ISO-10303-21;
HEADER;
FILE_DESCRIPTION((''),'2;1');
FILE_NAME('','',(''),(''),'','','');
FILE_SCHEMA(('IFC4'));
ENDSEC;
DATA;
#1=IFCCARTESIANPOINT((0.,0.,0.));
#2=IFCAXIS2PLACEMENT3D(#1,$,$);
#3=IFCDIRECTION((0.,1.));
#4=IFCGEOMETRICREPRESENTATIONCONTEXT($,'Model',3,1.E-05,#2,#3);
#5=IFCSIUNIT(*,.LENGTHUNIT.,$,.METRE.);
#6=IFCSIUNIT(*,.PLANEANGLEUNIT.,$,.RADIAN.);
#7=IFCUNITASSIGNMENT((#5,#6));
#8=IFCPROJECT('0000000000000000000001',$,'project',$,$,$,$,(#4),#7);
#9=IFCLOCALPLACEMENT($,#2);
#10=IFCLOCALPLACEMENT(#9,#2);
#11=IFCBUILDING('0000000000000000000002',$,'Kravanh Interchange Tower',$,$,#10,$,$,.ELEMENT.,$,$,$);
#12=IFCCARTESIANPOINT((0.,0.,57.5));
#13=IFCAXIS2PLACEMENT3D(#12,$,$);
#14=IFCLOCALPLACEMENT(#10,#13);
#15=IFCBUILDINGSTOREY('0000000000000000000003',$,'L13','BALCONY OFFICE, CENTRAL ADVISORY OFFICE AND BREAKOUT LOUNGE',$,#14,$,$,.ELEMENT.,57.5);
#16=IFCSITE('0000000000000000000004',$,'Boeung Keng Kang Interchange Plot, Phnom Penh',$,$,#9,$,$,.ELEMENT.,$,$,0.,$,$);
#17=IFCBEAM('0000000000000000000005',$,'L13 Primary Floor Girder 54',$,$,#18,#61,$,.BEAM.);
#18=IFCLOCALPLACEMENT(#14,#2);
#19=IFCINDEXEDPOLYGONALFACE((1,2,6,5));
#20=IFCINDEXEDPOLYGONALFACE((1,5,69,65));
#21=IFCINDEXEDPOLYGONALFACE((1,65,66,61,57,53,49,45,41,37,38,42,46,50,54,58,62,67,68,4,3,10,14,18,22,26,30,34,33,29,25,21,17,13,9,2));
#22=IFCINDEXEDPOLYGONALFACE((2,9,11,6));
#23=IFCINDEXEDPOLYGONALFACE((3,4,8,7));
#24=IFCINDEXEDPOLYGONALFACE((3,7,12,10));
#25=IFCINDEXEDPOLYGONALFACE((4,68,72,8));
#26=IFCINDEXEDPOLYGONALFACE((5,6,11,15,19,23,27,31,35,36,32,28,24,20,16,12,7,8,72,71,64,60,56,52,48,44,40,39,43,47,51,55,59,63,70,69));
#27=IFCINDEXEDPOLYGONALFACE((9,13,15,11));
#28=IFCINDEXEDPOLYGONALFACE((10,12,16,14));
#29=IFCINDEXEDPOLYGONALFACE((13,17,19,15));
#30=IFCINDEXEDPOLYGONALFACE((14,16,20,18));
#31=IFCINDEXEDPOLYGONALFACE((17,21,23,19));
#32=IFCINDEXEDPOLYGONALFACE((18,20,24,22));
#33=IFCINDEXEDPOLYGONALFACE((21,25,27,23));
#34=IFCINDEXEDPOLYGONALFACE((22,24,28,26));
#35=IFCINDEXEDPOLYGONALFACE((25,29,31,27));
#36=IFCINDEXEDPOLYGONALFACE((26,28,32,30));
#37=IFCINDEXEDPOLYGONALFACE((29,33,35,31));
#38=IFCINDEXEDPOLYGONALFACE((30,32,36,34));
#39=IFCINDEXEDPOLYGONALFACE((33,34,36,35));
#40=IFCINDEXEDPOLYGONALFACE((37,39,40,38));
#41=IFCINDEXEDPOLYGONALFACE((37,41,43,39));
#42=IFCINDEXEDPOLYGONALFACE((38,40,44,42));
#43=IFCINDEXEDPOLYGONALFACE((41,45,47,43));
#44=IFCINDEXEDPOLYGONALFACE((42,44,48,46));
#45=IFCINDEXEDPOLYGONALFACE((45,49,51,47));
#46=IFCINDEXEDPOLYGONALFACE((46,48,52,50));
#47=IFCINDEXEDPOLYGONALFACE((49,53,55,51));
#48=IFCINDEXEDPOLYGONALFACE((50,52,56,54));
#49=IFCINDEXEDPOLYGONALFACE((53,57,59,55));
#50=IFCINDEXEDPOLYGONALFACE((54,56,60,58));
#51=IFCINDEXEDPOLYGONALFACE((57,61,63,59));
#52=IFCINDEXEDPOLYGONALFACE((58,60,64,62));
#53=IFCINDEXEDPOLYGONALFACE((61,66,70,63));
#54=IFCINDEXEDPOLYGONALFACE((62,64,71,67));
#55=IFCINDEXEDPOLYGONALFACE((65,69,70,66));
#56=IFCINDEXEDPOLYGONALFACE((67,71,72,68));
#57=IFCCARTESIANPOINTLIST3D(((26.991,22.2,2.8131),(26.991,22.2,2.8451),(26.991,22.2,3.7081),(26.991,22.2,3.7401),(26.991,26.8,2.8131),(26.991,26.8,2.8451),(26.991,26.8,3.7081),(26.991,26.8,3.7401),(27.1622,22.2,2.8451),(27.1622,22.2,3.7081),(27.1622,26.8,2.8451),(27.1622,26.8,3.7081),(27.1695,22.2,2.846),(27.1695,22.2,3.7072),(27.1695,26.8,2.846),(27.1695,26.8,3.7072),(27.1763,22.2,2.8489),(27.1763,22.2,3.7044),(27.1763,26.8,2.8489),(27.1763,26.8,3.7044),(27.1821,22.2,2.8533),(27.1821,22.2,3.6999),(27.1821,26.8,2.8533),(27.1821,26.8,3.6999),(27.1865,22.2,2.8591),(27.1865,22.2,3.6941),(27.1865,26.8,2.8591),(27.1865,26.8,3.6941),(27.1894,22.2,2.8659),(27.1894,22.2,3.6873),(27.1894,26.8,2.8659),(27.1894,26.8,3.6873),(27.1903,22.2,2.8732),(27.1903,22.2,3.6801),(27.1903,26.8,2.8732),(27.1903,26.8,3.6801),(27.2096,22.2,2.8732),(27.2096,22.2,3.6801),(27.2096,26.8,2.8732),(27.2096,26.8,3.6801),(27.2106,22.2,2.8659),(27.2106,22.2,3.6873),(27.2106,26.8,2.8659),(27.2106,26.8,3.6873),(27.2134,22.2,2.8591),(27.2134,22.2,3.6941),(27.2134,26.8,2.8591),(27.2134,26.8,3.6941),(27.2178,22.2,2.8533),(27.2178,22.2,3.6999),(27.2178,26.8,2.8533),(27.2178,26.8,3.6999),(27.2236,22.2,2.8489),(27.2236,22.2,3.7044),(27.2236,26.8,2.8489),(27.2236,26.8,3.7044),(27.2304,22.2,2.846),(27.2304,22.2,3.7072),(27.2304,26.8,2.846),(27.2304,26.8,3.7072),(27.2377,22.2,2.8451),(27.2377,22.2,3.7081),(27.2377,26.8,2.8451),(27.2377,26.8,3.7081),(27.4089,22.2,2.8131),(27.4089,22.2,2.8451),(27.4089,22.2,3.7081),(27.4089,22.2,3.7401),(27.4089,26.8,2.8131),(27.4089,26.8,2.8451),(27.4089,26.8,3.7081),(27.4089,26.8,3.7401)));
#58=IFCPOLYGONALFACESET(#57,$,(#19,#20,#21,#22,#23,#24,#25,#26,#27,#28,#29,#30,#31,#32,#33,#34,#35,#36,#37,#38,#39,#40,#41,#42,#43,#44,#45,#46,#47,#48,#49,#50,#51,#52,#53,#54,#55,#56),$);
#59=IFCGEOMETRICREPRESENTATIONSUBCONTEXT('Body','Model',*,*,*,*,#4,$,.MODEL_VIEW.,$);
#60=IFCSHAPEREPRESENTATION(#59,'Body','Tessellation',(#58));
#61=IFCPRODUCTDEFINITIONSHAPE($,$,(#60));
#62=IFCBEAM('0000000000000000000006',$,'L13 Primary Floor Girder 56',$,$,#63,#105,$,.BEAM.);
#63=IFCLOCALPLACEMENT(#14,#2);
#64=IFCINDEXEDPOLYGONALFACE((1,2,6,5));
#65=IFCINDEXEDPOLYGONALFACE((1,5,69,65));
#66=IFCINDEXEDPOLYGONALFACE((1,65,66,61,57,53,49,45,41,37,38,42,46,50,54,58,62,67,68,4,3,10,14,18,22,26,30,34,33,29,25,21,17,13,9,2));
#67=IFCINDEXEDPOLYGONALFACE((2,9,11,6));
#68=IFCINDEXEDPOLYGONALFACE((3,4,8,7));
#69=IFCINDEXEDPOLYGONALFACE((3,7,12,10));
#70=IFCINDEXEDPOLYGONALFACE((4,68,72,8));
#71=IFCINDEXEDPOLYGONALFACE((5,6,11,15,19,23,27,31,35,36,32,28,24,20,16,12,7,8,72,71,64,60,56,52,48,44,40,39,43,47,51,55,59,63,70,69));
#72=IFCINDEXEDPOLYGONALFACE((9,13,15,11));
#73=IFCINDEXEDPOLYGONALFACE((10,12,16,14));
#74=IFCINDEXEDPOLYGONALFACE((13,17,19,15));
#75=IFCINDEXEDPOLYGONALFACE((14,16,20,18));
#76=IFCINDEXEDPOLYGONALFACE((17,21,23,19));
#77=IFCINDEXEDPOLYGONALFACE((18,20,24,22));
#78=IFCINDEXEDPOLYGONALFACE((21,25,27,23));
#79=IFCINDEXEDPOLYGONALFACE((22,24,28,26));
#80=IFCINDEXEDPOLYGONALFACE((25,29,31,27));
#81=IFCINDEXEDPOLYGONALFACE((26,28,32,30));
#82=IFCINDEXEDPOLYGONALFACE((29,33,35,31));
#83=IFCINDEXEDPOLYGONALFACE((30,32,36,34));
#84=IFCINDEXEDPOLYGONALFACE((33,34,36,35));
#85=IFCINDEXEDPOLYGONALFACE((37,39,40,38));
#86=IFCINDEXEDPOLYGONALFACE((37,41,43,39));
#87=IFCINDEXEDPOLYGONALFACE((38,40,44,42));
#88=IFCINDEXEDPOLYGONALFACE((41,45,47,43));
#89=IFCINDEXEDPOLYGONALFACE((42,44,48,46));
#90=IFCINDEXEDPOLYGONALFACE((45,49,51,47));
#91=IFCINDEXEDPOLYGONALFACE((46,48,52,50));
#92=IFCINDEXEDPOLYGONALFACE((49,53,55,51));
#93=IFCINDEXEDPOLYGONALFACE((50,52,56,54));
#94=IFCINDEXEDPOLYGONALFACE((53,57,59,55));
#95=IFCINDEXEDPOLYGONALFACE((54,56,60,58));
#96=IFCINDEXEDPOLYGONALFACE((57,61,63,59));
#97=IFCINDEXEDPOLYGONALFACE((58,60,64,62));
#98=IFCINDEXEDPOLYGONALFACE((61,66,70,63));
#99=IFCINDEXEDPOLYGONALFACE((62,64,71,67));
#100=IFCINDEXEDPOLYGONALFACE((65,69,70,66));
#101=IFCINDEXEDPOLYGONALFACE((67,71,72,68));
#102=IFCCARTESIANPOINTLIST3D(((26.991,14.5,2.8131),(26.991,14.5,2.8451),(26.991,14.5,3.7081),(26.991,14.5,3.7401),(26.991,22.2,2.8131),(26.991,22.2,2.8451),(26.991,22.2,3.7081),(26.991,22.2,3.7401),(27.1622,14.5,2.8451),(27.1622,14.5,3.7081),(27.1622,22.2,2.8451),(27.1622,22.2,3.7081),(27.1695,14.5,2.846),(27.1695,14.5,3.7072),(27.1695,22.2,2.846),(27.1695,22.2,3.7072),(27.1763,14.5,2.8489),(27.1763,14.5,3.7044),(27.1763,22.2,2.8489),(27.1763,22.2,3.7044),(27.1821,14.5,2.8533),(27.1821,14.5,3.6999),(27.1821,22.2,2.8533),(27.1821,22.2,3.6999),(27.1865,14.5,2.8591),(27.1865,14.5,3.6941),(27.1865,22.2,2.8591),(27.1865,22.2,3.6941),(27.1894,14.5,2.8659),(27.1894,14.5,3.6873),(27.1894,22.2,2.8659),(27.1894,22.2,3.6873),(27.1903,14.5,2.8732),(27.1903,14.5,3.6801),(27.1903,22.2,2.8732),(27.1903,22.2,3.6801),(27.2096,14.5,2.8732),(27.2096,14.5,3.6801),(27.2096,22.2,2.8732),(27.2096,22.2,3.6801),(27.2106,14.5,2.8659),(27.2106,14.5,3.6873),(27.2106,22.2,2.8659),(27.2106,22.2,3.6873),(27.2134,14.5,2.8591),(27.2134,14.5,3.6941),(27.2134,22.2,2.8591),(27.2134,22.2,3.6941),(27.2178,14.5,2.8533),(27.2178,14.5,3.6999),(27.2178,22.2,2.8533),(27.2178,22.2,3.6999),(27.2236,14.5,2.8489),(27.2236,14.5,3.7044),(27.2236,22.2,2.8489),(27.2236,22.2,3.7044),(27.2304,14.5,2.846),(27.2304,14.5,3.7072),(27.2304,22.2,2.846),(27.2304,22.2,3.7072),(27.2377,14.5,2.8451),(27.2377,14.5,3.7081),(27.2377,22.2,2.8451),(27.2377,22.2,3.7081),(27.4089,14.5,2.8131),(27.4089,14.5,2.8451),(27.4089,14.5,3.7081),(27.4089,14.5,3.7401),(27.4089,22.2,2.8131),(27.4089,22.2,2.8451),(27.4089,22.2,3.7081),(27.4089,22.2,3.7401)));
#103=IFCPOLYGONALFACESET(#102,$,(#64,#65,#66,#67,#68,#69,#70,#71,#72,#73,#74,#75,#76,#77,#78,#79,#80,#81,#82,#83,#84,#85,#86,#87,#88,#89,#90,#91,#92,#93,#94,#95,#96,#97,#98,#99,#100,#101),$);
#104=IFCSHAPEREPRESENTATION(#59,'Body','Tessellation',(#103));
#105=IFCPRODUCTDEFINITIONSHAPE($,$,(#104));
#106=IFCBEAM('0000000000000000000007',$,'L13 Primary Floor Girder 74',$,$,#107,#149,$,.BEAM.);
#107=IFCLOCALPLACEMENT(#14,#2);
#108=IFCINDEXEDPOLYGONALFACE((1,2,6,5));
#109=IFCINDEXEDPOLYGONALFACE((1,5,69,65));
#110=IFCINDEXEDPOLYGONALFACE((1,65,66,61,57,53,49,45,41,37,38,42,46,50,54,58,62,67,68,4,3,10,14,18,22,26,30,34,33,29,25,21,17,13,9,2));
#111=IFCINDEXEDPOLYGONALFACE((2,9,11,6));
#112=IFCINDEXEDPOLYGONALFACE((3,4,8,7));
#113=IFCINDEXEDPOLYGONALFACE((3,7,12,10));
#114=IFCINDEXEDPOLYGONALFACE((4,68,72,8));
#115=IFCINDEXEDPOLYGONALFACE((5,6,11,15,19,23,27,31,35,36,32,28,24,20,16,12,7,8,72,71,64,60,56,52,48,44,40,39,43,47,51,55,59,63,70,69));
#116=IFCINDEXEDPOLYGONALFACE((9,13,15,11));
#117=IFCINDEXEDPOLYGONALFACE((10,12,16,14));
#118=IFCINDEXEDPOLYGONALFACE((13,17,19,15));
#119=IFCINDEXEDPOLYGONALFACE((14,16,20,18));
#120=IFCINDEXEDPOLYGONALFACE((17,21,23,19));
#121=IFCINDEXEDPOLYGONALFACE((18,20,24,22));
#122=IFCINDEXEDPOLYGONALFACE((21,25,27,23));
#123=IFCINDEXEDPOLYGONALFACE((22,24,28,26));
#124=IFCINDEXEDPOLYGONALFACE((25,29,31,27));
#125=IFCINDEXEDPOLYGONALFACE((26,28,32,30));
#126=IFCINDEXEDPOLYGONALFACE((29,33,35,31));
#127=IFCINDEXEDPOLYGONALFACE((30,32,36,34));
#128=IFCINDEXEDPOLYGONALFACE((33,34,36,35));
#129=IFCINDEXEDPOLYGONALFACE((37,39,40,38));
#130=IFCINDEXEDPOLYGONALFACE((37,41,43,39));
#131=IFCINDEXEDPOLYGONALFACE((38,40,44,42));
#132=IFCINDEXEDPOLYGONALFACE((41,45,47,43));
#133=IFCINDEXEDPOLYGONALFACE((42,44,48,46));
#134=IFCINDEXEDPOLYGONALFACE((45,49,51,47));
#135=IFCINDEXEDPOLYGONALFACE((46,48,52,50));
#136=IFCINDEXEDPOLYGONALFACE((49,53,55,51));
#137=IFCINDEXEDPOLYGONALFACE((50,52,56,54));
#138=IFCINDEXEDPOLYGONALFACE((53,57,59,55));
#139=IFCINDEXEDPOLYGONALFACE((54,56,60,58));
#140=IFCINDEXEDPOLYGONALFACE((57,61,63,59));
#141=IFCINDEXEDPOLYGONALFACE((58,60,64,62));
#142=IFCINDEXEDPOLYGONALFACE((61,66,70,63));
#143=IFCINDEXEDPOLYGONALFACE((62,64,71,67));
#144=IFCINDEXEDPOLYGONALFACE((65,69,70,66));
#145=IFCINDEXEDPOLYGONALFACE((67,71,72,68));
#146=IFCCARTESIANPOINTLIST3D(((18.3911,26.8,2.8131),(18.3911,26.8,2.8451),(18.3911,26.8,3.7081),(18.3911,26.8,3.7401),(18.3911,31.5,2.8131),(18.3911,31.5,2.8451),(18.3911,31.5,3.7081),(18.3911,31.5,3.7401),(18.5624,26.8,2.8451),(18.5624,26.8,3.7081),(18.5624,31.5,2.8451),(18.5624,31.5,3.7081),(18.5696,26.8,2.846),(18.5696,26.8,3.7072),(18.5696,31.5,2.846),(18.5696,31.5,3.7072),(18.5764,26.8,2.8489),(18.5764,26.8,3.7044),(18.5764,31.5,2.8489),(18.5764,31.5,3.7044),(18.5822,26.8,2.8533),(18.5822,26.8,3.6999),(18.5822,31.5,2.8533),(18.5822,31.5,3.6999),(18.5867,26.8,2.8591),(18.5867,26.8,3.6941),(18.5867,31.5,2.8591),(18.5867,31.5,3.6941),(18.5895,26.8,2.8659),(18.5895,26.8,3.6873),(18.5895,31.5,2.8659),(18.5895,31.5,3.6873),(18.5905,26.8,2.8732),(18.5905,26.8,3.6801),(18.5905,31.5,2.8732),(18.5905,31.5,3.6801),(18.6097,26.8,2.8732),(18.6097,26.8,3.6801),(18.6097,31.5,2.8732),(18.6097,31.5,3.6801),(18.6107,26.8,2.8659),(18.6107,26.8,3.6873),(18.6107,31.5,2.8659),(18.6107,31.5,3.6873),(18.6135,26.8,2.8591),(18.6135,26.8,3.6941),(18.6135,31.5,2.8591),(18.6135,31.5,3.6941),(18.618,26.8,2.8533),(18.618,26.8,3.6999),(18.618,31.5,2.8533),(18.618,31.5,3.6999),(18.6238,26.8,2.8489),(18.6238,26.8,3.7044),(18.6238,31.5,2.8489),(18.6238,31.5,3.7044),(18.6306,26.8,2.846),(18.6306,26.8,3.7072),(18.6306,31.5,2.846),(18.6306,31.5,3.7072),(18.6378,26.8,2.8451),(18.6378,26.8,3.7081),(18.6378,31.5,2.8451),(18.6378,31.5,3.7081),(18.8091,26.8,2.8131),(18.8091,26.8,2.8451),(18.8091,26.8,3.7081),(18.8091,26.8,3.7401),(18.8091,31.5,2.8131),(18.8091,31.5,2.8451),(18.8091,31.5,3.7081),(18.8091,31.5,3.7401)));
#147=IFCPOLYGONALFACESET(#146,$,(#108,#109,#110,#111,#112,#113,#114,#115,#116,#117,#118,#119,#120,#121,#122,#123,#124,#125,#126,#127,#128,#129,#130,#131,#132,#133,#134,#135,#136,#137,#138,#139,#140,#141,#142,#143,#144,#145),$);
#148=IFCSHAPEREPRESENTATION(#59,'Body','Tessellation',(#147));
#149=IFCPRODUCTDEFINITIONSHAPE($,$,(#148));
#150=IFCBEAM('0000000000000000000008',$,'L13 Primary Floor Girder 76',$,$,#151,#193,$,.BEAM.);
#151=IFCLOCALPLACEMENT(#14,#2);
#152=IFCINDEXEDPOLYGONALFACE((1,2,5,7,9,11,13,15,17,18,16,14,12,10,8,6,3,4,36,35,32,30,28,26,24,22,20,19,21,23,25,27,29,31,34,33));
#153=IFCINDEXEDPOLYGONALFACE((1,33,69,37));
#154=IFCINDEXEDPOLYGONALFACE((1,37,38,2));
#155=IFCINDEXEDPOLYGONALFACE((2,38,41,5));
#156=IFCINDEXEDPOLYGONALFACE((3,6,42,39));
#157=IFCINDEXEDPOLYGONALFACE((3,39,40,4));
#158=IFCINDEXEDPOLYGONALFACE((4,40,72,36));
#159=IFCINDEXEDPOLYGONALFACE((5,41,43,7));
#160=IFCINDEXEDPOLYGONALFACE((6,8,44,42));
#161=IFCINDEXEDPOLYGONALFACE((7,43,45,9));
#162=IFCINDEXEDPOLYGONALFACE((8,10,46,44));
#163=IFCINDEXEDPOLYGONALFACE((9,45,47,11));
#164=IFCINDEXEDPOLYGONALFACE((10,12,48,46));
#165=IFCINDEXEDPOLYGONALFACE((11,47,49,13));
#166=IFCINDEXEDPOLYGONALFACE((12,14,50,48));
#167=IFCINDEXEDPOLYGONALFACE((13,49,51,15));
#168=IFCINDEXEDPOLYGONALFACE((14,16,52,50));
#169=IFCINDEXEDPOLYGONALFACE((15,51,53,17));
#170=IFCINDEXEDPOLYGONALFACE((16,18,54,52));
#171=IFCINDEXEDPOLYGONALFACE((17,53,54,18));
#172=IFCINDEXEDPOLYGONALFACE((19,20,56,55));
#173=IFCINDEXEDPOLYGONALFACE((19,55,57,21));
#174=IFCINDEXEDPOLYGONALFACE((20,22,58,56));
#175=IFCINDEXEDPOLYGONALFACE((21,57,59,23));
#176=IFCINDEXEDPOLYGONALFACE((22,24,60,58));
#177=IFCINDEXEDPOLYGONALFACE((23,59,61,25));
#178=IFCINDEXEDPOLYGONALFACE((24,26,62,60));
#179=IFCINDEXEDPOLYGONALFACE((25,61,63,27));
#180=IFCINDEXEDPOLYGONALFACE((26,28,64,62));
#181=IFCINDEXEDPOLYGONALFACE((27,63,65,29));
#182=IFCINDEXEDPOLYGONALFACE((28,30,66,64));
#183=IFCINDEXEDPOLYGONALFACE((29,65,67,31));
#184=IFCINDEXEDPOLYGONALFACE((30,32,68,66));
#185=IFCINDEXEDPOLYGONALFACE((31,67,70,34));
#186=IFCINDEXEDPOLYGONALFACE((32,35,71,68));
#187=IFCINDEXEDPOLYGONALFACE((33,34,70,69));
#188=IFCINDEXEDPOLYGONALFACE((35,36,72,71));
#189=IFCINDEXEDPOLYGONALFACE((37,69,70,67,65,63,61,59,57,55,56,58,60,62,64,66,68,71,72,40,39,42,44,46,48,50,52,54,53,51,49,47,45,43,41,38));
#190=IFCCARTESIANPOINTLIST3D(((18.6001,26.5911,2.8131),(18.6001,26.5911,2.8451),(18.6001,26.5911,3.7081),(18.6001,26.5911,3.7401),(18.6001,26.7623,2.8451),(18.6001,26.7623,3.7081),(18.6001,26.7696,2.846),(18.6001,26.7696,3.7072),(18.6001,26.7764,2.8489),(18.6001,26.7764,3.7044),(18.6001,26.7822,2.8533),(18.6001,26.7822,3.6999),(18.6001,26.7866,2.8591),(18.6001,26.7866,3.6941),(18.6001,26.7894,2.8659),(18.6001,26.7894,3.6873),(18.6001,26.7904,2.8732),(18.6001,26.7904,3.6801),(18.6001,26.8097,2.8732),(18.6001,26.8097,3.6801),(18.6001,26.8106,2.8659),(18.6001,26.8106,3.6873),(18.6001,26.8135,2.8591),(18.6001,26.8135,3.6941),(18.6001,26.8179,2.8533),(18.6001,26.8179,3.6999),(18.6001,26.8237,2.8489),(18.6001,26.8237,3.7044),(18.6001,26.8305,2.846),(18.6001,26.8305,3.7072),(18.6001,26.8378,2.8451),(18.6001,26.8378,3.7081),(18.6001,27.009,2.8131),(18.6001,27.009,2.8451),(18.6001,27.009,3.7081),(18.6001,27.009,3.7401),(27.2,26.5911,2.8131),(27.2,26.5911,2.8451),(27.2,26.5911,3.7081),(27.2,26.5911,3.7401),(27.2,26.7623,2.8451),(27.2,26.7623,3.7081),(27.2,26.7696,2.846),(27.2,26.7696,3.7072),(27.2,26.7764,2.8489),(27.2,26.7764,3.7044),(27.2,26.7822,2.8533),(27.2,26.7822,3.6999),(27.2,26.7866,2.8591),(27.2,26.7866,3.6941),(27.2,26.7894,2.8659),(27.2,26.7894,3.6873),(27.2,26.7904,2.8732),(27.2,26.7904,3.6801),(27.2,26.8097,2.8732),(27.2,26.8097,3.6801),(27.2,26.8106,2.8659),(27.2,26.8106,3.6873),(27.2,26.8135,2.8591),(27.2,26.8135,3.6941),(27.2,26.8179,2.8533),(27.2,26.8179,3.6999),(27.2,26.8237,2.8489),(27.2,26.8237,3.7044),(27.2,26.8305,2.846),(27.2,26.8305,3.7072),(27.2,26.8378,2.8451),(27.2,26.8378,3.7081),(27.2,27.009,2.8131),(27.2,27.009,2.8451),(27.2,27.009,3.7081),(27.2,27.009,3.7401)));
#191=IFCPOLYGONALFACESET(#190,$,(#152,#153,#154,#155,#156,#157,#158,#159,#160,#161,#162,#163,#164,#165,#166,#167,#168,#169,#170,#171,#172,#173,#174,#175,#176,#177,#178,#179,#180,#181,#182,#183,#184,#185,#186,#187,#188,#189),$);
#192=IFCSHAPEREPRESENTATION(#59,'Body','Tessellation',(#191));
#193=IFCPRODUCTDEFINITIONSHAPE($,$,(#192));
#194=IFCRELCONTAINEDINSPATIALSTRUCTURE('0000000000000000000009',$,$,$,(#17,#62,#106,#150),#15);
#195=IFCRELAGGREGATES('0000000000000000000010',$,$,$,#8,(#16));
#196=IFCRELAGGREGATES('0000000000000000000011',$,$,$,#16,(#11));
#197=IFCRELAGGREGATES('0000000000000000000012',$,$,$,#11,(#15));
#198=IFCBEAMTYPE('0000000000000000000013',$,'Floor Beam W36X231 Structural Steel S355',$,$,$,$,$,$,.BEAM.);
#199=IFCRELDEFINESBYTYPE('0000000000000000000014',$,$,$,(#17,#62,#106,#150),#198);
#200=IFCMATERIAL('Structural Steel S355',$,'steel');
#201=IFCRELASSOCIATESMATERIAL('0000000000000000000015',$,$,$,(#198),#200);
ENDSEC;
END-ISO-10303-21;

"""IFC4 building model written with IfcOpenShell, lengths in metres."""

from ifc_helpers import new_model, si_unit, direction, frame, origin, origin_2d, place, context, subcontext, project, spatial, i_section, extrude, material, material_profile, profile_set, type_object, element, save


model = new_model("IFC4")

# Units and contexts
model_context = context("Model", 3, precision=1e-05, world=origin(), true_north=direction((0.0, 1.0)))
body_context = subcontext(model_context, "Body", "Model", "MODEL_VIEW")
ifc_project = project(units=[si_unit("LENGTHUNIT", "METRE"), si_unit("PLANEANGLEUNIT", "RADIAN")], contexts=[model_context])

# Site, building, storey
site_placement = place(None, origin())
site = spatial("IfcSite", under=ifc_project, at=site_placement, Name="Boeung Keng Kang Interchange Plot, Phnom Penh", CompositionType="ELEMENT", RefElevation=0.0)
building_placement = place(site_placement, origin())
building = spatial("IfcBuilding", under=site, at=building_placement, Name="Kravanh Interchange Tower", CompositionType="ELEMENT")
storey_placement = place(building_placement, frame((0.0, 0.0, 57.5)))
storey = spatial("IfcBuildingStorey", under=building, at=storey_placement, Name="L13", Description="BALCONY OFFICE, CENTRAL ADVISORY OFFICE AND BREAKOUT LOUNGE", CompositionType="ELEMENT", Elevation=57.5)

# Beams
ifc_material_1 = material(Name="Structural Steel S355", Category="steel")
ifc_material_profile_1 = material_profile(ifc_material_1, i_section(OverallWidth=0.418, OverallDepth=0.927, WebThickness=0.0193, FlangeThickness=0.032, FilletRadius=0.0281, at=origin_2d()), Name="W36X231")
ifc_profile_set_1 = profile_set([ifc_material_profile_1], Name="Structural Steel S355")
beam_type_1 = type_object("IfcBeamType", Name="Floor Beam W36X231 Structural Steel S355", PredefinedType="BEAM", material=ifc_profile_set_1)
beam_1_placement = place(storey_placement, frame((27.2, 22.2, 3.2766), z_axis=(0.0, 1.0, 0.0), x_axis=(-1.0, 0.0, 0.0)))
element("IfcBeam", 1, at=beam_1_placement, inside=storey, type_object=beam_type_1, Name="L13 Primary Floor Girder 54", PredefinedType="BEAM", context=body_context, shape_type="SweptSolid", body=[
    extrude(i_section(OverallWidth=0.418, OverallDepth=0.927, WebThickness=0.0193, FlangeThickness=0.032, FilletRadius=0.0281, at=origin_2d()), origin(), (0.0, 0.0, 1.0), 4.6001),
])
beam_2_placement = place(storey_placement, frame((27.2, 22.2, 3.2766), z_axis=(0.0, -1.0, 0.0), x_axis=(1.0, 0.0, 0.0)))
element("IfcBeam", 2, at=beam_2_placement, inside=storey, type_object=beam_type_1, Name="L13 Primary Floor Girder 56", PredefinedType="BEAM", context=body_context, shape_type="SweptSolid", body=[
    extrude(i_section(OverallWidth=0.418, OverallDepth=0.927, WebThickness=0.0193, FlangeThickness=0.032, FilletRadius=0.0281, at=origin_2d()), origin(), (0.0, 0.0, 1.0), 7.7),
])
beam_3_placement = place(storey_placement, frame((18.6001, 26.8, 3.2766), z_axis=(0.0, 1.0, 0.0), x_axis=(-1.0, 0.0, 0.0)))
element("IfcBeam", 3, at=beam_3_placement, inside=storey, type_object=beam_type_1, Name="L13 Primary Floor Girder 74", PredefinedType="BEAM", context=body_context, shape_type="SweptSolid", body=[
    extrude(i_section(OverallWidth=0.418, OverallDepth=0.927, WebThickness=0.0193, FlangeThickness=0.032, FilletRadius=0.0281, at=origin_2d()), origin(), (0.0, 0.0, 1.0), 4.7),
])
beam_4_placement = place(storey_placement, frame((18.6001, 26.8, 3.2766), z_axis=(1.0, 0.0, 0.0), x_axis=(0.0, 1.0, 0.0)))
element("IfcBeam", 4, at=beam_4_placement, inside=storey, type_object=beam_type_1, Name="L13 Primary Floor Girder 76", PredefinedType="BEAM", context=body_context, shape_type="SweptSolid", body=[
    extrude(i_section(OverallWidth=0.418, OverallDepth=0.927, WebThickness=0.0193, FlangeThickness=0.032, FilletRadius=0.0281, at=origin_2d()), origin(), (0.0, 0.0, 1.0), 8.5999),
])

save(model, "model.ifc")
